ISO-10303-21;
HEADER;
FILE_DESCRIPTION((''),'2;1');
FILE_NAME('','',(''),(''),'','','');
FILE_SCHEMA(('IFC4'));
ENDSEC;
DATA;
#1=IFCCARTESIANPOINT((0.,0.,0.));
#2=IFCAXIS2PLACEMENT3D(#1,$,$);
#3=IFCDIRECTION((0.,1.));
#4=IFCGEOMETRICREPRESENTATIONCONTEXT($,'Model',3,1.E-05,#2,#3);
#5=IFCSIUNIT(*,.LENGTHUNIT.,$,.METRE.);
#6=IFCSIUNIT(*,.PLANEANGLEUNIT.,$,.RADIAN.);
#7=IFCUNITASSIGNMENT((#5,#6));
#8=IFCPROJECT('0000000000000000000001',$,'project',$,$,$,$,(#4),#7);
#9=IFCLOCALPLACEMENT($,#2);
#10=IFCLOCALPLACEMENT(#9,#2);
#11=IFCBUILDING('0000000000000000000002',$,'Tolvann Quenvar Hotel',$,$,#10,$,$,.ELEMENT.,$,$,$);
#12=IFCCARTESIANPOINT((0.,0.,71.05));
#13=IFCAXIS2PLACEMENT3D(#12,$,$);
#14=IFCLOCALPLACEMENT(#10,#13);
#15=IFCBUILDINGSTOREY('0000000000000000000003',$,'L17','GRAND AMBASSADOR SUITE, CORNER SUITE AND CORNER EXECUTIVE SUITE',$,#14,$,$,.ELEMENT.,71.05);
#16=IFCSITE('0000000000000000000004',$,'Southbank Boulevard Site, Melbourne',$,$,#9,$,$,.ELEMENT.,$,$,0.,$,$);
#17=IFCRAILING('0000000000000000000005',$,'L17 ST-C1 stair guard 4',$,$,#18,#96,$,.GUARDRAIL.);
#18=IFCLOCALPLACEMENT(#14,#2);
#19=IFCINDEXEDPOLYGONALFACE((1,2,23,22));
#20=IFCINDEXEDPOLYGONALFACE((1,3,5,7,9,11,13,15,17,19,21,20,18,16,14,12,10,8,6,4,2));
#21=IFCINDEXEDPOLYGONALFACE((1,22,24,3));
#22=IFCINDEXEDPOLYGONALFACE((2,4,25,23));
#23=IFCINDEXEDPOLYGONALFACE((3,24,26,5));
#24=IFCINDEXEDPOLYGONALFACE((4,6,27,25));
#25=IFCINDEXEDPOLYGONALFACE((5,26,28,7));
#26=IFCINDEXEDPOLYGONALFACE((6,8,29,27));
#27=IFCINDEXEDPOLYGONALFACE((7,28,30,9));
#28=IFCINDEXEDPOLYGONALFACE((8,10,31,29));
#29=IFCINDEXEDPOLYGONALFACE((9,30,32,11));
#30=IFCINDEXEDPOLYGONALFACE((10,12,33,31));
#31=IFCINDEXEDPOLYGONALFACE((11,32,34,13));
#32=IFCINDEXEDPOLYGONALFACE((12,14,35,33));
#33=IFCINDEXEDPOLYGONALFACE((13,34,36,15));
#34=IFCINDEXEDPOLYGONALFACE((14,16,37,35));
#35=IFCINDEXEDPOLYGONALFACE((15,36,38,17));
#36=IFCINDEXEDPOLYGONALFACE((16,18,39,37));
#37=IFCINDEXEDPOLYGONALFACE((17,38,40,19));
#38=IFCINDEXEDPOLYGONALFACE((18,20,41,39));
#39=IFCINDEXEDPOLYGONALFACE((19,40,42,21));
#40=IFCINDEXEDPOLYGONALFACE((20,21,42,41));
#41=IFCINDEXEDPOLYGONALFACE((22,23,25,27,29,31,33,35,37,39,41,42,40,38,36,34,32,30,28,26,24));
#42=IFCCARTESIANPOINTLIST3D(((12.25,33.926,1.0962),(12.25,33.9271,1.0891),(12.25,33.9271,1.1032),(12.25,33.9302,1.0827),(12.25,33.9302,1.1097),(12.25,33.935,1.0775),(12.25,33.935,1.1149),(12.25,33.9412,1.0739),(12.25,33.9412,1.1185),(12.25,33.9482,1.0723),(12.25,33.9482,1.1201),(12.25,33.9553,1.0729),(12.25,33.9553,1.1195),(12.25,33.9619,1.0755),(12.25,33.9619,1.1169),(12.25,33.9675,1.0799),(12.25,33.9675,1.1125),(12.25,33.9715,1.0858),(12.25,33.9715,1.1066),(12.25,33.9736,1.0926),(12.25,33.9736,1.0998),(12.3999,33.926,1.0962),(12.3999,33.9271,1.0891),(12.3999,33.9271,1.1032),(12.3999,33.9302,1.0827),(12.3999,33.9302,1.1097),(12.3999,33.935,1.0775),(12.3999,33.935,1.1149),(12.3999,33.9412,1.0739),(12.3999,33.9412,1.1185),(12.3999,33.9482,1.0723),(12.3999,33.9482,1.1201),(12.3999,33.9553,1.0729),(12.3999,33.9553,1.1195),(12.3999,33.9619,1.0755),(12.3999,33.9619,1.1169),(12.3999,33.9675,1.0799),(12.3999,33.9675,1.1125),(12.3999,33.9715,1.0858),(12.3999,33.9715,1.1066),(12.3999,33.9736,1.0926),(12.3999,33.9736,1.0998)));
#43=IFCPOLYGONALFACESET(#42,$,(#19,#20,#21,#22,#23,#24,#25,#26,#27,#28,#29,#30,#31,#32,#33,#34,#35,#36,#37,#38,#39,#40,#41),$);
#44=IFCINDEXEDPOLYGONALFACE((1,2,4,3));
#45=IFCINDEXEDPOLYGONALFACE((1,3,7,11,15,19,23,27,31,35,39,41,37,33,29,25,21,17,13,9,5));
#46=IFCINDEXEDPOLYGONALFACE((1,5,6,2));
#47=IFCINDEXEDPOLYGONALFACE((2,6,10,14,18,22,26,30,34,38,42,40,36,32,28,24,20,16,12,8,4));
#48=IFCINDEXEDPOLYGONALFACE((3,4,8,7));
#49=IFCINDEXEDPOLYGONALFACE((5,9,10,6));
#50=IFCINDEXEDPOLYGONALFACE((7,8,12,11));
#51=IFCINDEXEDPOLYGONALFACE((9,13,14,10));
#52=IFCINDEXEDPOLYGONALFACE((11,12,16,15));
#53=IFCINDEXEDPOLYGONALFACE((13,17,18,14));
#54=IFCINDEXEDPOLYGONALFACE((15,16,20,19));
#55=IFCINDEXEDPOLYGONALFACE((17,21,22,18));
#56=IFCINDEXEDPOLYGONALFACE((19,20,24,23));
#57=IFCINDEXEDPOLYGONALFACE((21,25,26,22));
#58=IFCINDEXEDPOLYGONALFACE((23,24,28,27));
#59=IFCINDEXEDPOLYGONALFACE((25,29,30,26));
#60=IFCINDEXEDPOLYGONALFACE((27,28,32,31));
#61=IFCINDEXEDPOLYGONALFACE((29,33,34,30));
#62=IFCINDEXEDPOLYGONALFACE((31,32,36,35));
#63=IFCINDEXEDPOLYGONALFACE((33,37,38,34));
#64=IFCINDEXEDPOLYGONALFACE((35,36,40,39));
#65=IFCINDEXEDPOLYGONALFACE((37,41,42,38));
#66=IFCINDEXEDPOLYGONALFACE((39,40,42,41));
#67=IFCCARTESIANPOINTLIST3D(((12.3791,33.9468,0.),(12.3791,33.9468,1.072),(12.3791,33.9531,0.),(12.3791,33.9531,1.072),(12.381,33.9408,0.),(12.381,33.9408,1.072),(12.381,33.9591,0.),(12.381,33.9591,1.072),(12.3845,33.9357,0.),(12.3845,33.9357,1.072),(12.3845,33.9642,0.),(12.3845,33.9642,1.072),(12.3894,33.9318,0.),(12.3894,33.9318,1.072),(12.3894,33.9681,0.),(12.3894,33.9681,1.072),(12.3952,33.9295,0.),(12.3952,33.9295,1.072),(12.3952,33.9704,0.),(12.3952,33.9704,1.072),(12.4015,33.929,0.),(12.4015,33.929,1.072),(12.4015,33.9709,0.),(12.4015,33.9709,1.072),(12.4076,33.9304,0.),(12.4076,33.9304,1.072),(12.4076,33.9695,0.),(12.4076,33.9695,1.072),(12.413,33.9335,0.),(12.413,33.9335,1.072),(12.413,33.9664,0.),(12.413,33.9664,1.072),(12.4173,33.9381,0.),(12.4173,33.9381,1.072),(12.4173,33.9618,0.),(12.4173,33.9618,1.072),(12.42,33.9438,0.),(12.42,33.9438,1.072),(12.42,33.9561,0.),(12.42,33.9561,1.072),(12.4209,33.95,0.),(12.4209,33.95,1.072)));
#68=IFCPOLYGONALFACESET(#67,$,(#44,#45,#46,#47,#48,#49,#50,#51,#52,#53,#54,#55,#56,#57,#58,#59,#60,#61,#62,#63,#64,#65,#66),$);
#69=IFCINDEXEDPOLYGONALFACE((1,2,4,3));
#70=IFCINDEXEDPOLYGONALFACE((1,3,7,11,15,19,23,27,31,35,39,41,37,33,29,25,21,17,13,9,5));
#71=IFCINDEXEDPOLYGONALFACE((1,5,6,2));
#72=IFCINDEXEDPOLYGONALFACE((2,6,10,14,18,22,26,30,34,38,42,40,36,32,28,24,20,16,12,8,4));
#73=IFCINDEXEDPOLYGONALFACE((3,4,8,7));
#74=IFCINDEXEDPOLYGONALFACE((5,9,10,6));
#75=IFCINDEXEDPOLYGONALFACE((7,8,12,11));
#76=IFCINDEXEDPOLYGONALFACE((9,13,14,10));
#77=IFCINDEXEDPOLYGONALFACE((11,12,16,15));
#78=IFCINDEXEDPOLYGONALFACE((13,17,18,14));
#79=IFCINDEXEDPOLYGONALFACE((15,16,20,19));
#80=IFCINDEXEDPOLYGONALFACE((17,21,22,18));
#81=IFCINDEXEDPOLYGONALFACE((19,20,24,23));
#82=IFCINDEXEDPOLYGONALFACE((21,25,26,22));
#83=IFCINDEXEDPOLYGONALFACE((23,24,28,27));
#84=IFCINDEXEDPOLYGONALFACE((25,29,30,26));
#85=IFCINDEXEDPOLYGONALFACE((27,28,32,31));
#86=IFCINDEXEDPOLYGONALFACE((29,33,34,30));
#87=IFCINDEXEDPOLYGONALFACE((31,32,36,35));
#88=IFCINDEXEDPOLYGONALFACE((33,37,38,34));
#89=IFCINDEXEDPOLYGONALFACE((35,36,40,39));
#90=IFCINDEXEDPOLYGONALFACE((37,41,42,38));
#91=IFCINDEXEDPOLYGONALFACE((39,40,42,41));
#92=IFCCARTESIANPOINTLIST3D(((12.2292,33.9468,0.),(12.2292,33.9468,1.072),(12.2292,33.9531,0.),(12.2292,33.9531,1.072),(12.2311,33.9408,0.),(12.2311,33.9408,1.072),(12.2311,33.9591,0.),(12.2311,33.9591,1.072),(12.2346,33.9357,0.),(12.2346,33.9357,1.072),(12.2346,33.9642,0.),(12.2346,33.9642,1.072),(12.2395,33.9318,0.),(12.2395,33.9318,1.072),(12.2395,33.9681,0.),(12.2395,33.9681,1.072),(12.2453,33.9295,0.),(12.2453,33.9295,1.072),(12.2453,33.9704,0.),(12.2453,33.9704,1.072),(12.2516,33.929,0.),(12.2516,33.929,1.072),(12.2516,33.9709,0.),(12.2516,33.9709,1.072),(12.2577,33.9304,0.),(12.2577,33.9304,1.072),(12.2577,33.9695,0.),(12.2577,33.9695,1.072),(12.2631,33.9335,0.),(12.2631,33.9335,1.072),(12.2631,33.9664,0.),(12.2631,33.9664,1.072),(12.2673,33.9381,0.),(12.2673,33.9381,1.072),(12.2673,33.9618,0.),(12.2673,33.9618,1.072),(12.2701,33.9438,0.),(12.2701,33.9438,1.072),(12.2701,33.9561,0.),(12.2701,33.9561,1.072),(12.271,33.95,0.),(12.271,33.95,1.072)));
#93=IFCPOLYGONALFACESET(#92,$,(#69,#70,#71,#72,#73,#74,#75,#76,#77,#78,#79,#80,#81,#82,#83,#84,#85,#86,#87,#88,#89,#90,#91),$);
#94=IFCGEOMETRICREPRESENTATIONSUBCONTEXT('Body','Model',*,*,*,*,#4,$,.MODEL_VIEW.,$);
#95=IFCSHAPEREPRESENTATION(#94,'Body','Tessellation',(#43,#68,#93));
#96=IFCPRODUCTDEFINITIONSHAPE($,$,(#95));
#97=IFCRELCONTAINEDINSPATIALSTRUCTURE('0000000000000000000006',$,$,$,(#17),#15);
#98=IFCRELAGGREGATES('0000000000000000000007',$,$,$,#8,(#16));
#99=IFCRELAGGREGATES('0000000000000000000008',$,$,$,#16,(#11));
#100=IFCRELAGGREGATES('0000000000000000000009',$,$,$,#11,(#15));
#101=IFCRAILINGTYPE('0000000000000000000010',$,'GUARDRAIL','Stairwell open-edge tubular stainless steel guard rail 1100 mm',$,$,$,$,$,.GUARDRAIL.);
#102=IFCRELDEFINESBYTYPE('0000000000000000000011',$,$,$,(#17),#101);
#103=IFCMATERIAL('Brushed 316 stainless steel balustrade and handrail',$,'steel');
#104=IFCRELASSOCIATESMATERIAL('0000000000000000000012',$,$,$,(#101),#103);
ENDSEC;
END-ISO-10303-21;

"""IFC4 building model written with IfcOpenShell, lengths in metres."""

from ifc_helpers import new_model, si_unit, direction, frame, origin, origin_2d, place, context, subcontext, project, spatial, circle, extrude, material, type_object, element, save


model = new_model("IFC4")

# Units and contexts
model_context = context("Model", 3, precision=1e-05, world=origin(), true_north=direction((0.0, 1.0)))
body_context = subcontext(model_context, "Body", "Model", "MODEL_VIEW")
ifc_project = project(units=[si_unit("LENGTHUNIT", "METRE"), si_unit("PLANEANGLEUNIT", "RADIAN")], contexts=[model_context])

# Site, building, storey
site_placement = place(None, origin())
site = spatial("IfcSite", under=ifc_project, at=site_placement, Name="Southbank Boulevard Site, Melbourne", CompositionType="ELEMENT", RefElevation=0.0)
building_placement = place(site_placement, origin())
building = spatial("IfcBuilding", under=site, at=building_placement, Name="Tolvann Quenvar Hotel", CompositionType="ELEMENT")
storey_placement = place(building_placement, frame((0.0, 0.0, 71.05)))
storey = spatial("IfcBuildingStorey", under=building, at=storey_placement, Name="L17", Description="GRAND AMBASSADOR SUITE, CORNER SUITE AND CORNER EXECUTIVE SUITE", CompositionType="ELEMENT", Elevation=71.05)

# Railing
ifc_material_1 = material(Name="Brushed 316 stainless steel balustrade and handrail", Category="steel")
railing_type_1 = type_object("IfcRailingType", Name="GUARDRAIL", Description="Stairwell open-edge tubular stainless steel guard rail 1100 mm", PredefinedType="GUARDRAIL", material=ifc_material_1)
railing_1_placement = place(storey_placement, frame((12.3999, 33.95, 0.0)))
element("IfcRailing", 1, at=railing_1_placement, inside=storey, type_object=railing_type_1, Name="L17 ST-C1 stair guard 4", PredefinedType="GUARDRAIL", context=body_context, shape_type="SweptSolid", body=[
    extrude(circle(Radius=0.0239, at=origin_2d()), frame((0.0, 0.0, 1.0962), z_axis=(-1.0, 0.0, 0.0), x_axis=(0.0, -1.0, 0.0)), (0.0, 0.0, 1.0), 0.1499),
    extrude(circle(Radius=0.021, at=origin_2d()), origin(), (0.0, 0.0, 1.0), 1.072),
    extrude(circle(Radius=0.021, at=origin_2d()), frame((-0.1499, 0.0, 0.0)), (0.0, 0.0, 1.0), 1.072),
])

save(model, "model.ifc")
